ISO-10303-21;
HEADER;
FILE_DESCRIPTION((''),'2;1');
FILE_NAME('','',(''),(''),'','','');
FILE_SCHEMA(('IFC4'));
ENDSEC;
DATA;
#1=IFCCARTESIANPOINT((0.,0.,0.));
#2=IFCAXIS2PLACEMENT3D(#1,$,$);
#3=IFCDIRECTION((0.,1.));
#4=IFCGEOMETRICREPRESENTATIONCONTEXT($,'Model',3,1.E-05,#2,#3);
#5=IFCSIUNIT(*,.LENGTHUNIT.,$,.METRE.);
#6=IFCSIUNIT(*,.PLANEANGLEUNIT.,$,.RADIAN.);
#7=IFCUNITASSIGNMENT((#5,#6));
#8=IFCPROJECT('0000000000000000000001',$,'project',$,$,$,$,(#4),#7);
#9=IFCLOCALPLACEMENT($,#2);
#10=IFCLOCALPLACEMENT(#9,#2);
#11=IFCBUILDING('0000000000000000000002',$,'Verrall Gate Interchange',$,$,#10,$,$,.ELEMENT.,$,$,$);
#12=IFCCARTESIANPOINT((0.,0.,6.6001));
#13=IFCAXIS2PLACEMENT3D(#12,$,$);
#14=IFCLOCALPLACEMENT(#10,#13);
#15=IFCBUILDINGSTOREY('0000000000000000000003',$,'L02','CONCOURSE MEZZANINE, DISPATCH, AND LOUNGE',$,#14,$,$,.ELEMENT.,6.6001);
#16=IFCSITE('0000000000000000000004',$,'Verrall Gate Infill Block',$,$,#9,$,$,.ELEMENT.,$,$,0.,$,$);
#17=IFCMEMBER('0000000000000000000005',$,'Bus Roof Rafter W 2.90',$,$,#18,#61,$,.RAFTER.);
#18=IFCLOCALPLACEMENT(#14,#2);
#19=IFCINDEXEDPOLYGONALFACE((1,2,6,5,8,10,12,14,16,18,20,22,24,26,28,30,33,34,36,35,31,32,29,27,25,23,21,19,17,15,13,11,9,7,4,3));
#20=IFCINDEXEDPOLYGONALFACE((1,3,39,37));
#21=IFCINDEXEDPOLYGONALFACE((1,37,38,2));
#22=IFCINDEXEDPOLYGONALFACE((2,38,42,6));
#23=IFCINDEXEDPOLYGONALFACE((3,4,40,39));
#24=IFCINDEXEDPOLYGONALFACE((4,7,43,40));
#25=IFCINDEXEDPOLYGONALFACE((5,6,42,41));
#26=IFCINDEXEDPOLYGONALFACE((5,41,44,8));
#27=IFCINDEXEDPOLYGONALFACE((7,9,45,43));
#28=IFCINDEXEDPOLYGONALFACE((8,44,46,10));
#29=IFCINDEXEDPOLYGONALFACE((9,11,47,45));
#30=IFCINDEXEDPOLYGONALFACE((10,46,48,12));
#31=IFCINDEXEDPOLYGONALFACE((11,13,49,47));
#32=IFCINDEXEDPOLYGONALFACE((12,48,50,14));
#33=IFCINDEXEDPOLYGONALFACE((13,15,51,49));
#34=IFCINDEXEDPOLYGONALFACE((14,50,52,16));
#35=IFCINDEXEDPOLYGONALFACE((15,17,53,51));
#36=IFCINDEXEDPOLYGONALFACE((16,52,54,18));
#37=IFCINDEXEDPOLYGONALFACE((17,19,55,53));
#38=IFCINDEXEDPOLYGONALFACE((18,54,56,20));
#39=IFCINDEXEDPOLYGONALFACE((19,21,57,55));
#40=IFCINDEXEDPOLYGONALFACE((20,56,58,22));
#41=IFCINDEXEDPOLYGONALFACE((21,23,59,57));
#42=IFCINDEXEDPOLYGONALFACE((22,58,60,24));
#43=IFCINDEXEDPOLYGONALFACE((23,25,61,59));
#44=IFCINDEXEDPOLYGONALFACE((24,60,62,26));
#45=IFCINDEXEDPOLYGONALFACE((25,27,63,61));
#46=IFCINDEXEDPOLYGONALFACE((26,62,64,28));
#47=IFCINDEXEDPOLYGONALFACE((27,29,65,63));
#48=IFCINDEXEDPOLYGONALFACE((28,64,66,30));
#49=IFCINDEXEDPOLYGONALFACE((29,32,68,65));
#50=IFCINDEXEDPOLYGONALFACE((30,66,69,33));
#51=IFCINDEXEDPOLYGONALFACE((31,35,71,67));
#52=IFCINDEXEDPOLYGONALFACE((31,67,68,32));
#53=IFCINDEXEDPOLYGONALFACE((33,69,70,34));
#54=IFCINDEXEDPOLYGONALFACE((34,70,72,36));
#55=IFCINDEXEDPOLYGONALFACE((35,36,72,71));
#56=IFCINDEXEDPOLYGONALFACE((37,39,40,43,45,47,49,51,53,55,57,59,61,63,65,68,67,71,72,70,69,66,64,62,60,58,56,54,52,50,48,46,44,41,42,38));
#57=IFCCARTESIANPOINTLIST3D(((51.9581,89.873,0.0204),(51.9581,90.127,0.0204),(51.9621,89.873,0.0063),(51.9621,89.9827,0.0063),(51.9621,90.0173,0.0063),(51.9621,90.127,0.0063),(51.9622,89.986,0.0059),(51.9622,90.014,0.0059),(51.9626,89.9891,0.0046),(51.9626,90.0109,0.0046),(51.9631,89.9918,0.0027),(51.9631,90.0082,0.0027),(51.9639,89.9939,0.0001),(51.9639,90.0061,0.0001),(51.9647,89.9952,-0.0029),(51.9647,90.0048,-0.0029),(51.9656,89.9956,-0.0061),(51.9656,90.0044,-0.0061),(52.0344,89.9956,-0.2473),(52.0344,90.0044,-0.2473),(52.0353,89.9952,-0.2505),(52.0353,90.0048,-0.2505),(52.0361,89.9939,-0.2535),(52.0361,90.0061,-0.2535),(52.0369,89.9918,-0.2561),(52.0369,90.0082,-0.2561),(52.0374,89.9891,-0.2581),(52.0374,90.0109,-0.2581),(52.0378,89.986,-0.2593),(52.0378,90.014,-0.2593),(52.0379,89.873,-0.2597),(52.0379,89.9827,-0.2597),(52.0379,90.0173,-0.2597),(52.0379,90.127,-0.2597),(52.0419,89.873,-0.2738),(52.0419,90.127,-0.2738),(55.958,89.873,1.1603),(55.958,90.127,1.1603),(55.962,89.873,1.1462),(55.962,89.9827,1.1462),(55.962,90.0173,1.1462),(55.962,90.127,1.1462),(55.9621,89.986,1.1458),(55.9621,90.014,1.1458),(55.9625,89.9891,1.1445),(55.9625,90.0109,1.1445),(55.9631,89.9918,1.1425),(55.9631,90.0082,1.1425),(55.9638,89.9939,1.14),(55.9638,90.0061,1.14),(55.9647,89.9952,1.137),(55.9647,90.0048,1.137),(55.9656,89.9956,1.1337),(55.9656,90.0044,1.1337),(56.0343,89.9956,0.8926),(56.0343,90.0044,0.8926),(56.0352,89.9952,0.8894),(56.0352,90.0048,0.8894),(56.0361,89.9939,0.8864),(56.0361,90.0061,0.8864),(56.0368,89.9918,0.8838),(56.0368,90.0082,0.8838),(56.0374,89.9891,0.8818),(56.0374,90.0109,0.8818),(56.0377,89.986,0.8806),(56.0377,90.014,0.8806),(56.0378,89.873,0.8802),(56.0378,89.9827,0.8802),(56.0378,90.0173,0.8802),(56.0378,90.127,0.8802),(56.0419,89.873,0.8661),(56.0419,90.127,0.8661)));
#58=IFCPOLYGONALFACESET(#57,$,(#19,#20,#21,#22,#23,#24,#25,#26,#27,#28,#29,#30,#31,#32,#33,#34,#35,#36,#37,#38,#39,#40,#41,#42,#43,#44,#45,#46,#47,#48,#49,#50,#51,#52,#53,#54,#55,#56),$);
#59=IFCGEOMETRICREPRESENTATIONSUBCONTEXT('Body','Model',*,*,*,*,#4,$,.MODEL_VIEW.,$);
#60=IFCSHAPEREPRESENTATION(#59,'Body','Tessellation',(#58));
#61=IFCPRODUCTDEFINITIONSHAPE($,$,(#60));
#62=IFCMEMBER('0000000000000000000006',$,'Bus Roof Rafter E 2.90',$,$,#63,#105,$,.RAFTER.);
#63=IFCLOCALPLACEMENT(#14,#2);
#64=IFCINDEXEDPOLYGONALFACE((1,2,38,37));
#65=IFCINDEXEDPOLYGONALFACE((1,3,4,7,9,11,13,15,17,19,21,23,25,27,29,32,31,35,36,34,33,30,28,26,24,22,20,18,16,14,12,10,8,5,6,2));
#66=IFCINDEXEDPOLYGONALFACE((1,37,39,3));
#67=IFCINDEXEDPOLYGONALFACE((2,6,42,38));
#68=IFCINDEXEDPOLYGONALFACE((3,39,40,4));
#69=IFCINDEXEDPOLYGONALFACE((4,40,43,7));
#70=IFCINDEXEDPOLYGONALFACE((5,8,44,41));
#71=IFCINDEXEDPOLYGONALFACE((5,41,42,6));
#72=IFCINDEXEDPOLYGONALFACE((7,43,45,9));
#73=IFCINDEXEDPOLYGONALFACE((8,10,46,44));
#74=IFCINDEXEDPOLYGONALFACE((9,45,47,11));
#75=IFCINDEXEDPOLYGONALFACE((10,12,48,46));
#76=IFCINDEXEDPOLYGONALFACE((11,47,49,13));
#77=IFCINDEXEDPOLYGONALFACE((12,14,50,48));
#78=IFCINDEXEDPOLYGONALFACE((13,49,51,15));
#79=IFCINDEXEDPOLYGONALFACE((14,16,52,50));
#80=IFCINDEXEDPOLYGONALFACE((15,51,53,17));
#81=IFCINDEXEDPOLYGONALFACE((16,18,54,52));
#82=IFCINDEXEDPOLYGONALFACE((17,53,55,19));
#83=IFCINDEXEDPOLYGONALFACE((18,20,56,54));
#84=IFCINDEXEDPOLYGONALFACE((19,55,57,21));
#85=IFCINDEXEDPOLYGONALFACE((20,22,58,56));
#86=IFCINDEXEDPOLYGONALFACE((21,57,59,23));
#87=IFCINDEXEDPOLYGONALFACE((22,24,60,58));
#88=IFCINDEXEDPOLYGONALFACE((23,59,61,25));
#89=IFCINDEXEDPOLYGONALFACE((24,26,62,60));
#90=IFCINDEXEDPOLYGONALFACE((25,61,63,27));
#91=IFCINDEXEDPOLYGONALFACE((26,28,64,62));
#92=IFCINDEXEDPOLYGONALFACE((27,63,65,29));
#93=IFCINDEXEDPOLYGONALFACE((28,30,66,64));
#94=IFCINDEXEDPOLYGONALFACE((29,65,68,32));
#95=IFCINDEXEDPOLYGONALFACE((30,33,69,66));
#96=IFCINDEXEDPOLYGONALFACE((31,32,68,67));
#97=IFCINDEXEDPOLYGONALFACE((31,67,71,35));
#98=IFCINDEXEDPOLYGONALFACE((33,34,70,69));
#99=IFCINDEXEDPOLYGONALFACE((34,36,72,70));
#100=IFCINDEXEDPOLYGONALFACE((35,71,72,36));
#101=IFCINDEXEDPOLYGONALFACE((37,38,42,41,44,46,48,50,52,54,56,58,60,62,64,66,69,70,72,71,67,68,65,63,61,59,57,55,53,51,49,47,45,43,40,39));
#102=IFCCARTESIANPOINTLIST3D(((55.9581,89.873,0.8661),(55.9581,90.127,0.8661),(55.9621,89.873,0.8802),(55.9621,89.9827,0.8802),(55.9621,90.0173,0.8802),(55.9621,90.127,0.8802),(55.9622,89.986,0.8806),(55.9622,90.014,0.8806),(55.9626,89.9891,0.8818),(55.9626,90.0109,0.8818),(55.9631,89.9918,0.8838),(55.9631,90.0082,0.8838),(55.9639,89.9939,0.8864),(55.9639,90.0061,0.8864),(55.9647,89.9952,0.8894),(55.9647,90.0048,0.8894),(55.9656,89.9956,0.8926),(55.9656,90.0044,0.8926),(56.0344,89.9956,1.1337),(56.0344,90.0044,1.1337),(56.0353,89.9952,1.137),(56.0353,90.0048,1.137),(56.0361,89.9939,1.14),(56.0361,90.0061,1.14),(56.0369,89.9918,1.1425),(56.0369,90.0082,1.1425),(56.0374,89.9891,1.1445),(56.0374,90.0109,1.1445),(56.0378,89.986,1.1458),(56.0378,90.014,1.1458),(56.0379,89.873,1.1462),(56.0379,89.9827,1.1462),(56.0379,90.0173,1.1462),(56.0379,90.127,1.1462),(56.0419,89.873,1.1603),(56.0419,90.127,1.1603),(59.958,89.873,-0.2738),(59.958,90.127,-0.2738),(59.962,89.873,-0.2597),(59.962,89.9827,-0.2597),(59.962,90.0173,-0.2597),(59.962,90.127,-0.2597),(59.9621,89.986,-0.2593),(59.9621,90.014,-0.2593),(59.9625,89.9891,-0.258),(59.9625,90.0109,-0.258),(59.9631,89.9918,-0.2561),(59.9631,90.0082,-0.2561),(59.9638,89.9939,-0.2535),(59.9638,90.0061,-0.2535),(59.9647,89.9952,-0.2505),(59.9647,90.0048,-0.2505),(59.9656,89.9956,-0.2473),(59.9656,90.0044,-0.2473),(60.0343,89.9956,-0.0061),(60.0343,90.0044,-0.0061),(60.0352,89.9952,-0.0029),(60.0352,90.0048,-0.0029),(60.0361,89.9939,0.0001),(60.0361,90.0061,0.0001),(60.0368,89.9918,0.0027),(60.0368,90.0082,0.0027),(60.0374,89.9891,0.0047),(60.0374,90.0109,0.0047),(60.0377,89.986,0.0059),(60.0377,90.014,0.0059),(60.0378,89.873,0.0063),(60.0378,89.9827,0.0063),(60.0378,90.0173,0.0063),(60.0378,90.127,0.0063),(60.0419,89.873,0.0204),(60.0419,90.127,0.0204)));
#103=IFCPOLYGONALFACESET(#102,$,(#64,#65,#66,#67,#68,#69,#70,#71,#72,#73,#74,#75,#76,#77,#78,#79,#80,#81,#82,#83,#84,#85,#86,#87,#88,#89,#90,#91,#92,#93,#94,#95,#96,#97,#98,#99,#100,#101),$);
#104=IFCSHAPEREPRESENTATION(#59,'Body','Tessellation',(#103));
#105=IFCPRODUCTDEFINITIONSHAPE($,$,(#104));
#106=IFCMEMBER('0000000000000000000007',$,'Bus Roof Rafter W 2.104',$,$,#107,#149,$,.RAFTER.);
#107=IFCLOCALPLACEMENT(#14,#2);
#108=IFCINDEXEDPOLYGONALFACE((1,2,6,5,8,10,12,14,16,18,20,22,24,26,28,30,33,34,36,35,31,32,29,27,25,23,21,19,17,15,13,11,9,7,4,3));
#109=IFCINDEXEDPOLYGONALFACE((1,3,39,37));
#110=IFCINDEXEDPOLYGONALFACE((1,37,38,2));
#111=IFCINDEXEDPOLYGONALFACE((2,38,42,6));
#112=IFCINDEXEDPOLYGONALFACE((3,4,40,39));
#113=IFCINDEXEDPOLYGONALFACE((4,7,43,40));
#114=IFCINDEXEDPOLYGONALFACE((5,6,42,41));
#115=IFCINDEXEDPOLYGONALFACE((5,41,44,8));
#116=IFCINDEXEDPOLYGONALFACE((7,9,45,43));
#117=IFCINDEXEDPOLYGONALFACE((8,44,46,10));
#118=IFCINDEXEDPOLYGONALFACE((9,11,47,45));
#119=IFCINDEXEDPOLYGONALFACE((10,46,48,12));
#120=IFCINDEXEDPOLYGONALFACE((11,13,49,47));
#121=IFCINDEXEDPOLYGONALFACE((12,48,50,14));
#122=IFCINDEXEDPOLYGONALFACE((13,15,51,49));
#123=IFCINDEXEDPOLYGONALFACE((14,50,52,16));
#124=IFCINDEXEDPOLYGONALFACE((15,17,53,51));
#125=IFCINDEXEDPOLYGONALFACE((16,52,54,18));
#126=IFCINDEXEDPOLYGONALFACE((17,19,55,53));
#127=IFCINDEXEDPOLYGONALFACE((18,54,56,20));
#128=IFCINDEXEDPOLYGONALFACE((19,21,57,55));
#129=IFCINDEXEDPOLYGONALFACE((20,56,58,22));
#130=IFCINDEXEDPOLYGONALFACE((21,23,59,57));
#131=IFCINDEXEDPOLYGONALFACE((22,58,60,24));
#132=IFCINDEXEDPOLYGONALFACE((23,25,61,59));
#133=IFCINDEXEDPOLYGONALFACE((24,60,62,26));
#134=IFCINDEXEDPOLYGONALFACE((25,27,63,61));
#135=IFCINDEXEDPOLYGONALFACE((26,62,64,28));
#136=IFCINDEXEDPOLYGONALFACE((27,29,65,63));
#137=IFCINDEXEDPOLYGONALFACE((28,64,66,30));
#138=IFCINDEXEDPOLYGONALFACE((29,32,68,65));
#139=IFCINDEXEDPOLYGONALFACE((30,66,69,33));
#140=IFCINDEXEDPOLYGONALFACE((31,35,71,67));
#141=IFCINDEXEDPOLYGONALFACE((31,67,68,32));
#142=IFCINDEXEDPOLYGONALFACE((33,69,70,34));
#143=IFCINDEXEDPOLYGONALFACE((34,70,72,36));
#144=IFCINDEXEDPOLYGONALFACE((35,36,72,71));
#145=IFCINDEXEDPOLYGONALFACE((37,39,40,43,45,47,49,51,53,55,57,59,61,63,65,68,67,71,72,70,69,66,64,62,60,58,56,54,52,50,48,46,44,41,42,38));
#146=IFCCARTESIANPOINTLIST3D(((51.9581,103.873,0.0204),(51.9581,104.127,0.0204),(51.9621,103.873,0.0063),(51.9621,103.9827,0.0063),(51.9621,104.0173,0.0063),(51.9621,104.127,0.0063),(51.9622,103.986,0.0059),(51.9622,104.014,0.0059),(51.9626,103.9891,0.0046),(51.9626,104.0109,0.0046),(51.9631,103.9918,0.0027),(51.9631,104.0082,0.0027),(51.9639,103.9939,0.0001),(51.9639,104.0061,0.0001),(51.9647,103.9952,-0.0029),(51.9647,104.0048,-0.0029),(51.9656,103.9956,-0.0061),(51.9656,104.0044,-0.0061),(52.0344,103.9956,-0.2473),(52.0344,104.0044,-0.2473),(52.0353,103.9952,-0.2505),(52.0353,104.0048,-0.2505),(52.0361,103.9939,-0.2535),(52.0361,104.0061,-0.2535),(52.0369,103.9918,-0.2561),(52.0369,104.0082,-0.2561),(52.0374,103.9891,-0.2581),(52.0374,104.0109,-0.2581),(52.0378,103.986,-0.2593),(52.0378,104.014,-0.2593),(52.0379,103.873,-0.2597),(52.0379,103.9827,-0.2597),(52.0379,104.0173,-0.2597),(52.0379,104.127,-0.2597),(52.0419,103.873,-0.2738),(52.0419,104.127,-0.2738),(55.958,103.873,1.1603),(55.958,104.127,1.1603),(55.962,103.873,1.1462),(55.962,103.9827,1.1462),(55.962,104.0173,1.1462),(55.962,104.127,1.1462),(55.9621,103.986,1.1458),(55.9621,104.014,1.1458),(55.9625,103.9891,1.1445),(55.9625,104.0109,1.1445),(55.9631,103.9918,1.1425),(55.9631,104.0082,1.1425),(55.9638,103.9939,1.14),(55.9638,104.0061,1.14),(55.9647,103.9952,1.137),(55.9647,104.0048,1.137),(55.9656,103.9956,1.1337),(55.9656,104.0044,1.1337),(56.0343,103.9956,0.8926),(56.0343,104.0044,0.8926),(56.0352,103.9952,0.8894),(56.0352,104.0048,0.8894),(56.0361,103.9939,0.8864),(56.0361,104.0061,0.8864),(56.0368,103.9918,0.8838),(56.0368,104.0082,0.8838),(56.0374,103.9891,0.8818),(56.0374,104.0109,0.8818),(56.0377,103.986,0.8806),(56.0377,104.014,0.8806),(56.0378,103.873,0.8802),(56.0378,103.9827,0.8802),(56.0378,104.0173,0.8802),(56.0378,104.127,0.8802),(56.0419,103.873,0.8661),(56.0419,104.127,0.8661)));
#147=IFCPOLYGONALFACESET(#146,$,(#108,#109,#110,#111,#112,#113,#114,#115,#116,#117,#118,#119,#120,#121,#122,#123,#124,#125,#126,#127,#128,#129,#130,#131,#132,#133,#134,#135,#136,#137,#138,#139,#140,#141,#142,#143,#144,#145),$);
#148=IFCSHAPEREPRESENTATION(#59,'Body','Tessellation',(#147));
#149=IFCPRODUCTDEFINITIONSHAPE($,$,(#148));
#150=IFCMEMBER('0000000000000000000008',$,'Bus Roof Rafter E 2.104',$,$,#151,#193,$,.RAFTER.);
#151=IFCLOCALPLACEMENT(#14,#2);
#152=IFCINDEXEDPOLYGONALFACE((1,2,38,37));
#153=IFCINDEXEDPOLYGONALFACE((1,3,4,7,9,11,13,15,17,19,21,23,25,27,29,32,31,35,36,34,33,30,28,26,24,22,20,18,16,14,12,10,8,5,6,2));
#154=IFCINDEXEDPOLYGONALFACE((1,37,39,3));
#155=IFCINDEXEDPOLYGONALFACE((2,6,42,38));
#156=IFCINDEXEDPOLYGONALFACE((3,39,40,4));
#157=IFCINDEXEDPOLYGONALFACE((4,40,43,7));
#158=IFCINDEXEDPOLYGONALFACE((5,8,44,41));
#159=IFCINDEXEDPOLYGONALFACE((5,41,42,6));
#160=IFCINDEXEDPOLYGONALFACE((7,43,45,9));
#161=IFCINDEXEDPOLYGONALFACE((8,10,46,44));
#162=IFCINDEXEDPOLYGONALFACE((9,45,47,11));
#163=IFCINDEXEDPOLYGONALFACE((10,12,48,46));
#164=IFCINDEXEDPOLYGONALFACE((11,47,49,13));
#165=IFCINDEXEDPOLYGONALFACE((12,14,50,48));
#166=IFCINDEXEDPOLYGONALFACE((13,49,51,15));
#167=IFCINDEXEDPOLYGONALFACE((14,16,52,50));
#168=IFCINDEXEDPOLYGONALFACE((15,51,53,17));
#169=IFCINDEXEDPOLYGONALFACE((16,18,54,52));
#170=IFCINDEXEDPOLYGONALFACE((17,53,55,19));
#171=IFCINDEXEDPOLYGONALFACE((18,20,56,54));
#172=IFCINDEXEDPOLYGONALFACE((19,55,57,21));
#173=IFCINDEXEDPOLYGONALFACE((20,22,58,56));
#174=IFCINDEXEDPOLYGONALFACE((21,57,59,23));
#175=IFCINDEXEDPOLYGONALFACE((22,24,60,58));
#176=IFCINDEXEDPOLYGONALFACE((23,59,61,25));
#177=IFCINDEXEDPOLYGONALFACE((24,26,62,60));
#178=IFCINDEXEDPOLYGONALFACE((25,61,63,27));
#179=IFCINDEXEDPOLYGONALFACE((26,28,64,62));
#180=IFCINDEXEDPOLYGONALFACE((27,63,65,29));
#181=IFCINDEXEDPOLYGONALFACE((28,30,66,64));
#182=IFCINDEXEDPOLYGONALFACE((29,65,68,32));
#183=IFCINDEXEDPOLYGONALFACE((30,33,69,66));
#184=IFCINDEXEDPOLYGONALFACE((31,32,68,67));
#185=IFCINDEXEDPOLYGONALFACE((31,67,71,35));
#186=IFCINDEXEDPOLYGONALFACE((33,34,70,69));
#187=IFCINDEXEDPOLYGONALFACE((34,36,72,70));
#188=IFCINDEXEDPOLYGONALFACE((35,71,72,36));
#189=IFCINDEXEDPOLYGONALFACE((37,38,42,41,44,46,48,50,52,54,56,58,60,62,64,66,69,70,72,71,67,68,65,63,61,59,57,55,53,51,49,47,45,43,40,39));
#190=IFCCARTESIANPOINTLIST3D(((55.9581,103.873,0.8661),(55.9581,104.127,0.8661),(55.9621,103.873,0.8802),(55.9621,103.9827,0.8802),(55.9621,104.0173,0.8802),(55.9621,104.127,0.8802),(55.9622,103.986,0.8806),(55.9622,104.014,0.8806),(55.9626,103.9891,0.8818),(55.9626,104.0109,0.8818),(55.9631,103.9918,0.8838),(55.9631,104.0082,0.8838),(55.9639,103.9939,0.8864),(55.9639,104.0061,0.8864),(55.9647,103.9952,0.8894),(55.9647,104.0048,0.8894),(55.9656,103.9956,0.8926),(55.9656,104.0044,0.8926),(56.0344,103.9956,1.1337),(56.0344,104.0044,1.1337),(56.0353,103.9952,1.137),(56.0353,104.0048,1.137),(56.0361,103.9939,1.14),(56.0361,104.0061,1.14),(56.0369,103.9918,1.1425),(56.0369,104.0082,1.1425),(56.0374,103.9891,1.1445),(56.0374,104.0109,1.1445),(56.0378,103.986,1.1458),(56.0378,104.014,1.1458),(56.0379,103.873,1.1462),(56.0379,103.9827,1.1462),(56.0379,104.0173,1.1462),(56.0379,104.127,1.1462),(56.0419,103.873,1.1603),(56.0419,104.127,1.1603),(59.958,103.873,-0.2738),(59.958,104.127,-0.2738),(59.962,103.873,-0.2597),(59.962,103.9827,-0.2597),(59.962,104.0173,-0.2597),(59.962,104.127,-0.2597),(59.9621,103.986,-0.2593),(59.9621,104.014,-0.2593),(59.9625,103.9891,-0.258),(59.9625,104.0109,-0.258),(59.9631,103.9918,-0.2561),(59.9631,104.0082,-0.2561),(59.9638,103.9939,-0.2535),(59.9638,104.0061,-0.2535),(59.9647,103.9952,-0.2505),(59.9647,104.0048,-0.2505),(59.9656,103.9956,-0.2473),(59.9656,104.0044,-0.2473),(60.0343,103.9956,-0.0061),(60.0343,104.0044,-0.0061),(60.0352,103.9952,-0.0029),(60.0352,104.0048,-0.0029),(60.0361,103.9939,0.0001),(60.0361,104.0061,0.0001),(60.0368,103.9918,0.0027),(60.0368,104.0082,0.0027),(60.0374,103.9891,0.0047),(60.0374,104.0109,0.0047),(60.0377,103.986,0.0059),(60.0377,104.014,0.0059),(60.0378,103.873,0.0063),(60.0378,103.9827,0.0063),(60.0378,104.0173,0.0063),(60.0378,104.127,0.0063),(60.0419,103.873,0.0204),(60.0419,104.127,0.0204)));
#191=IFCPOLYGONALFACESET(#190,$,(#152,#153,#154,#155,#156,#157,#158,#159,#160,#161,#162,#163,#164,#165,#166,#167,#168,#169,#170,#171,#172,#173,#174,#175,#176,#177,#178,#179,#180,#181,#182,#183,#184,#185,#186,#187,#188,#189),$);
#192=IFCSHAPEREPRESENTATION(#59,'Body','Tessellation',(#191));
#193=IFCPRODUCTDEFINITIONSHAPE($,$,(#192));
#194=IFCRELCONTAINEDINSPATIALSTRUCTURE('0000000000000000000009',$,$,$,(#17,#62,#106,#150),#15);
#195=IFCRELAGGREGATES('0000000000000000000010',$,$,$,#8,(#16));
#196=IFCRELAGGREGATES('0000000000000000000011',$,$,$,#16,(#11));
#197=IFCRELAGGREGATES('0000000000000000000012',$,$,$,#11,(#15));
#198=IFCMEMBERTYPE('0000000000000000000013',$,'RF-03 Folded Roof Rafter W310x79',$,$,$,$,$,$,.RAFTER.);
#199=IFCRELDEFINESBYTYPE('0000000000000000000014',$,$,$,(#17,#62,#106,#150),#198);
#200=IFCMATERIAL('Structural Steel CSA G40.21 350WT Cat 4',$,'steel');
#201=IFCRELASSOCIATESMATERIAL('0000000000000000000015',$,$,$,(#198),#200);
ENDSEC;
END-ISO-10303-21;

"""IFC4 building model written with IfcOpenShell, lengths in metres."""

from ifc_helpers import new_model, si_unit, direction, frame, origin, origin_2d, place, context, subcontext, project, spatial, i_section, extrude, material, material_profile, profile_set, type_object, element, save


model = new_model("IFC4")

# Units and contexts
model_context = context("Model", 3, precision=1e-05, world=origin(), true_north=direction((0.0, 1.0)))
body_context = subcontext(model_context, "Body", "Model", "MODEL_VIEW")
ifc_project = project(units=[si_unit("LENGTHUNIT", "METRE"), si_unit("PLANEANGLEUNIT", "RADIAN")], contexts=[model_context])

# Site, building, storey
site_placement = place(None, origin())
site = spatial("IfcSite", under=ifc_project, at=site_placement, Name="Verrall Gate Infill Block", CompositionType="ELEMENT", RefElevation=0.0)
building_placement = place(site_placement, origin())
building = spatial("IfcBuilding", under=site, at=building_placement, Name="Verrall Gate Interchange", CompositionType="ELEMENT")
storey_placement = place(building_placement, frame((0.0, 0.0, 6.6001)))
storey = spatial("IfcBuildingStorey", under=building, at=storey_placement, Name="L02", Description="CONCOURSE MEZZANINE, DISPATCH, AND LOUNGE", CompositionType="ELEMENT", Elevation=6.6001)

# Members
ifc_material_1 = material(Name="Structural Steel CSA G40.21 350WT Cat 4", Category="steel")
ifc_material_profile_1 = material_profile(ifc_material_1, i_section(OverallWidth=0.2539, OverallDepth=0.3059, WebThickness=0.0088, FlangeThickness=0.0146, FilletRadius=0.0129, at=origin_2d()), Name="W310x79")
ifc_profile_set_1 = profile_set([ifc_material_profile_1], Name="Structural Steel CSA G40.21 350WT Cat 4")
member_type_1 = type_object("IfcMemberType", Name="RF-03 Folded Roof Rafter W310x79", PredefinedType="RAFTER", material=ifc_profile_set_1)
for number, where, z_axis, x_axis, name in (
    (1, (52.0, 90.0, -0.1267), (0.961712, 0.0, 0.274062), (0.0, 1.0, 0.0), "Bus Roof Rafter W 2.90"),
    (2, (56.0, 90.0, 1.0132), (0.961712, 0.0, -0.274062), (0.0, 1.0, 0.0), "Bus Roof Rafter E 2.90"),
    (3, (52.0, 104.0, -0.1267), (0.961712, 0.0, 0.274062), (0.0, 1.0, 0.0), "Bus Roof Rafter W 2.104"),
    (4, (56.0, 104.0, 1.0132), (0.961712, 0.0, -0.274062), (0.0, 1.0, 0.0), "Bus Roof Rafter E 2.104"),
):
    element("IfcMember", number, at=place(storey_placement, frame(where, z_axis=z_axis, x_axis=x_axis)), inside=storey, type_object=member_type_1, Name=name, PredefinedType="RAFTER", context=body_context, shape_type="SweptSolid", body=[
        extrude(i_section(OverallWidth=0.2539, OverallDepth=0.3059, WebThickness=0.0088, FlangeThickness=0.0146, FilletRadius=0.0129, at=origin_2d()), origin(), (0.0, 0.0, 1.0), 4.1592),
    ])

save(model, "model.ifc")
